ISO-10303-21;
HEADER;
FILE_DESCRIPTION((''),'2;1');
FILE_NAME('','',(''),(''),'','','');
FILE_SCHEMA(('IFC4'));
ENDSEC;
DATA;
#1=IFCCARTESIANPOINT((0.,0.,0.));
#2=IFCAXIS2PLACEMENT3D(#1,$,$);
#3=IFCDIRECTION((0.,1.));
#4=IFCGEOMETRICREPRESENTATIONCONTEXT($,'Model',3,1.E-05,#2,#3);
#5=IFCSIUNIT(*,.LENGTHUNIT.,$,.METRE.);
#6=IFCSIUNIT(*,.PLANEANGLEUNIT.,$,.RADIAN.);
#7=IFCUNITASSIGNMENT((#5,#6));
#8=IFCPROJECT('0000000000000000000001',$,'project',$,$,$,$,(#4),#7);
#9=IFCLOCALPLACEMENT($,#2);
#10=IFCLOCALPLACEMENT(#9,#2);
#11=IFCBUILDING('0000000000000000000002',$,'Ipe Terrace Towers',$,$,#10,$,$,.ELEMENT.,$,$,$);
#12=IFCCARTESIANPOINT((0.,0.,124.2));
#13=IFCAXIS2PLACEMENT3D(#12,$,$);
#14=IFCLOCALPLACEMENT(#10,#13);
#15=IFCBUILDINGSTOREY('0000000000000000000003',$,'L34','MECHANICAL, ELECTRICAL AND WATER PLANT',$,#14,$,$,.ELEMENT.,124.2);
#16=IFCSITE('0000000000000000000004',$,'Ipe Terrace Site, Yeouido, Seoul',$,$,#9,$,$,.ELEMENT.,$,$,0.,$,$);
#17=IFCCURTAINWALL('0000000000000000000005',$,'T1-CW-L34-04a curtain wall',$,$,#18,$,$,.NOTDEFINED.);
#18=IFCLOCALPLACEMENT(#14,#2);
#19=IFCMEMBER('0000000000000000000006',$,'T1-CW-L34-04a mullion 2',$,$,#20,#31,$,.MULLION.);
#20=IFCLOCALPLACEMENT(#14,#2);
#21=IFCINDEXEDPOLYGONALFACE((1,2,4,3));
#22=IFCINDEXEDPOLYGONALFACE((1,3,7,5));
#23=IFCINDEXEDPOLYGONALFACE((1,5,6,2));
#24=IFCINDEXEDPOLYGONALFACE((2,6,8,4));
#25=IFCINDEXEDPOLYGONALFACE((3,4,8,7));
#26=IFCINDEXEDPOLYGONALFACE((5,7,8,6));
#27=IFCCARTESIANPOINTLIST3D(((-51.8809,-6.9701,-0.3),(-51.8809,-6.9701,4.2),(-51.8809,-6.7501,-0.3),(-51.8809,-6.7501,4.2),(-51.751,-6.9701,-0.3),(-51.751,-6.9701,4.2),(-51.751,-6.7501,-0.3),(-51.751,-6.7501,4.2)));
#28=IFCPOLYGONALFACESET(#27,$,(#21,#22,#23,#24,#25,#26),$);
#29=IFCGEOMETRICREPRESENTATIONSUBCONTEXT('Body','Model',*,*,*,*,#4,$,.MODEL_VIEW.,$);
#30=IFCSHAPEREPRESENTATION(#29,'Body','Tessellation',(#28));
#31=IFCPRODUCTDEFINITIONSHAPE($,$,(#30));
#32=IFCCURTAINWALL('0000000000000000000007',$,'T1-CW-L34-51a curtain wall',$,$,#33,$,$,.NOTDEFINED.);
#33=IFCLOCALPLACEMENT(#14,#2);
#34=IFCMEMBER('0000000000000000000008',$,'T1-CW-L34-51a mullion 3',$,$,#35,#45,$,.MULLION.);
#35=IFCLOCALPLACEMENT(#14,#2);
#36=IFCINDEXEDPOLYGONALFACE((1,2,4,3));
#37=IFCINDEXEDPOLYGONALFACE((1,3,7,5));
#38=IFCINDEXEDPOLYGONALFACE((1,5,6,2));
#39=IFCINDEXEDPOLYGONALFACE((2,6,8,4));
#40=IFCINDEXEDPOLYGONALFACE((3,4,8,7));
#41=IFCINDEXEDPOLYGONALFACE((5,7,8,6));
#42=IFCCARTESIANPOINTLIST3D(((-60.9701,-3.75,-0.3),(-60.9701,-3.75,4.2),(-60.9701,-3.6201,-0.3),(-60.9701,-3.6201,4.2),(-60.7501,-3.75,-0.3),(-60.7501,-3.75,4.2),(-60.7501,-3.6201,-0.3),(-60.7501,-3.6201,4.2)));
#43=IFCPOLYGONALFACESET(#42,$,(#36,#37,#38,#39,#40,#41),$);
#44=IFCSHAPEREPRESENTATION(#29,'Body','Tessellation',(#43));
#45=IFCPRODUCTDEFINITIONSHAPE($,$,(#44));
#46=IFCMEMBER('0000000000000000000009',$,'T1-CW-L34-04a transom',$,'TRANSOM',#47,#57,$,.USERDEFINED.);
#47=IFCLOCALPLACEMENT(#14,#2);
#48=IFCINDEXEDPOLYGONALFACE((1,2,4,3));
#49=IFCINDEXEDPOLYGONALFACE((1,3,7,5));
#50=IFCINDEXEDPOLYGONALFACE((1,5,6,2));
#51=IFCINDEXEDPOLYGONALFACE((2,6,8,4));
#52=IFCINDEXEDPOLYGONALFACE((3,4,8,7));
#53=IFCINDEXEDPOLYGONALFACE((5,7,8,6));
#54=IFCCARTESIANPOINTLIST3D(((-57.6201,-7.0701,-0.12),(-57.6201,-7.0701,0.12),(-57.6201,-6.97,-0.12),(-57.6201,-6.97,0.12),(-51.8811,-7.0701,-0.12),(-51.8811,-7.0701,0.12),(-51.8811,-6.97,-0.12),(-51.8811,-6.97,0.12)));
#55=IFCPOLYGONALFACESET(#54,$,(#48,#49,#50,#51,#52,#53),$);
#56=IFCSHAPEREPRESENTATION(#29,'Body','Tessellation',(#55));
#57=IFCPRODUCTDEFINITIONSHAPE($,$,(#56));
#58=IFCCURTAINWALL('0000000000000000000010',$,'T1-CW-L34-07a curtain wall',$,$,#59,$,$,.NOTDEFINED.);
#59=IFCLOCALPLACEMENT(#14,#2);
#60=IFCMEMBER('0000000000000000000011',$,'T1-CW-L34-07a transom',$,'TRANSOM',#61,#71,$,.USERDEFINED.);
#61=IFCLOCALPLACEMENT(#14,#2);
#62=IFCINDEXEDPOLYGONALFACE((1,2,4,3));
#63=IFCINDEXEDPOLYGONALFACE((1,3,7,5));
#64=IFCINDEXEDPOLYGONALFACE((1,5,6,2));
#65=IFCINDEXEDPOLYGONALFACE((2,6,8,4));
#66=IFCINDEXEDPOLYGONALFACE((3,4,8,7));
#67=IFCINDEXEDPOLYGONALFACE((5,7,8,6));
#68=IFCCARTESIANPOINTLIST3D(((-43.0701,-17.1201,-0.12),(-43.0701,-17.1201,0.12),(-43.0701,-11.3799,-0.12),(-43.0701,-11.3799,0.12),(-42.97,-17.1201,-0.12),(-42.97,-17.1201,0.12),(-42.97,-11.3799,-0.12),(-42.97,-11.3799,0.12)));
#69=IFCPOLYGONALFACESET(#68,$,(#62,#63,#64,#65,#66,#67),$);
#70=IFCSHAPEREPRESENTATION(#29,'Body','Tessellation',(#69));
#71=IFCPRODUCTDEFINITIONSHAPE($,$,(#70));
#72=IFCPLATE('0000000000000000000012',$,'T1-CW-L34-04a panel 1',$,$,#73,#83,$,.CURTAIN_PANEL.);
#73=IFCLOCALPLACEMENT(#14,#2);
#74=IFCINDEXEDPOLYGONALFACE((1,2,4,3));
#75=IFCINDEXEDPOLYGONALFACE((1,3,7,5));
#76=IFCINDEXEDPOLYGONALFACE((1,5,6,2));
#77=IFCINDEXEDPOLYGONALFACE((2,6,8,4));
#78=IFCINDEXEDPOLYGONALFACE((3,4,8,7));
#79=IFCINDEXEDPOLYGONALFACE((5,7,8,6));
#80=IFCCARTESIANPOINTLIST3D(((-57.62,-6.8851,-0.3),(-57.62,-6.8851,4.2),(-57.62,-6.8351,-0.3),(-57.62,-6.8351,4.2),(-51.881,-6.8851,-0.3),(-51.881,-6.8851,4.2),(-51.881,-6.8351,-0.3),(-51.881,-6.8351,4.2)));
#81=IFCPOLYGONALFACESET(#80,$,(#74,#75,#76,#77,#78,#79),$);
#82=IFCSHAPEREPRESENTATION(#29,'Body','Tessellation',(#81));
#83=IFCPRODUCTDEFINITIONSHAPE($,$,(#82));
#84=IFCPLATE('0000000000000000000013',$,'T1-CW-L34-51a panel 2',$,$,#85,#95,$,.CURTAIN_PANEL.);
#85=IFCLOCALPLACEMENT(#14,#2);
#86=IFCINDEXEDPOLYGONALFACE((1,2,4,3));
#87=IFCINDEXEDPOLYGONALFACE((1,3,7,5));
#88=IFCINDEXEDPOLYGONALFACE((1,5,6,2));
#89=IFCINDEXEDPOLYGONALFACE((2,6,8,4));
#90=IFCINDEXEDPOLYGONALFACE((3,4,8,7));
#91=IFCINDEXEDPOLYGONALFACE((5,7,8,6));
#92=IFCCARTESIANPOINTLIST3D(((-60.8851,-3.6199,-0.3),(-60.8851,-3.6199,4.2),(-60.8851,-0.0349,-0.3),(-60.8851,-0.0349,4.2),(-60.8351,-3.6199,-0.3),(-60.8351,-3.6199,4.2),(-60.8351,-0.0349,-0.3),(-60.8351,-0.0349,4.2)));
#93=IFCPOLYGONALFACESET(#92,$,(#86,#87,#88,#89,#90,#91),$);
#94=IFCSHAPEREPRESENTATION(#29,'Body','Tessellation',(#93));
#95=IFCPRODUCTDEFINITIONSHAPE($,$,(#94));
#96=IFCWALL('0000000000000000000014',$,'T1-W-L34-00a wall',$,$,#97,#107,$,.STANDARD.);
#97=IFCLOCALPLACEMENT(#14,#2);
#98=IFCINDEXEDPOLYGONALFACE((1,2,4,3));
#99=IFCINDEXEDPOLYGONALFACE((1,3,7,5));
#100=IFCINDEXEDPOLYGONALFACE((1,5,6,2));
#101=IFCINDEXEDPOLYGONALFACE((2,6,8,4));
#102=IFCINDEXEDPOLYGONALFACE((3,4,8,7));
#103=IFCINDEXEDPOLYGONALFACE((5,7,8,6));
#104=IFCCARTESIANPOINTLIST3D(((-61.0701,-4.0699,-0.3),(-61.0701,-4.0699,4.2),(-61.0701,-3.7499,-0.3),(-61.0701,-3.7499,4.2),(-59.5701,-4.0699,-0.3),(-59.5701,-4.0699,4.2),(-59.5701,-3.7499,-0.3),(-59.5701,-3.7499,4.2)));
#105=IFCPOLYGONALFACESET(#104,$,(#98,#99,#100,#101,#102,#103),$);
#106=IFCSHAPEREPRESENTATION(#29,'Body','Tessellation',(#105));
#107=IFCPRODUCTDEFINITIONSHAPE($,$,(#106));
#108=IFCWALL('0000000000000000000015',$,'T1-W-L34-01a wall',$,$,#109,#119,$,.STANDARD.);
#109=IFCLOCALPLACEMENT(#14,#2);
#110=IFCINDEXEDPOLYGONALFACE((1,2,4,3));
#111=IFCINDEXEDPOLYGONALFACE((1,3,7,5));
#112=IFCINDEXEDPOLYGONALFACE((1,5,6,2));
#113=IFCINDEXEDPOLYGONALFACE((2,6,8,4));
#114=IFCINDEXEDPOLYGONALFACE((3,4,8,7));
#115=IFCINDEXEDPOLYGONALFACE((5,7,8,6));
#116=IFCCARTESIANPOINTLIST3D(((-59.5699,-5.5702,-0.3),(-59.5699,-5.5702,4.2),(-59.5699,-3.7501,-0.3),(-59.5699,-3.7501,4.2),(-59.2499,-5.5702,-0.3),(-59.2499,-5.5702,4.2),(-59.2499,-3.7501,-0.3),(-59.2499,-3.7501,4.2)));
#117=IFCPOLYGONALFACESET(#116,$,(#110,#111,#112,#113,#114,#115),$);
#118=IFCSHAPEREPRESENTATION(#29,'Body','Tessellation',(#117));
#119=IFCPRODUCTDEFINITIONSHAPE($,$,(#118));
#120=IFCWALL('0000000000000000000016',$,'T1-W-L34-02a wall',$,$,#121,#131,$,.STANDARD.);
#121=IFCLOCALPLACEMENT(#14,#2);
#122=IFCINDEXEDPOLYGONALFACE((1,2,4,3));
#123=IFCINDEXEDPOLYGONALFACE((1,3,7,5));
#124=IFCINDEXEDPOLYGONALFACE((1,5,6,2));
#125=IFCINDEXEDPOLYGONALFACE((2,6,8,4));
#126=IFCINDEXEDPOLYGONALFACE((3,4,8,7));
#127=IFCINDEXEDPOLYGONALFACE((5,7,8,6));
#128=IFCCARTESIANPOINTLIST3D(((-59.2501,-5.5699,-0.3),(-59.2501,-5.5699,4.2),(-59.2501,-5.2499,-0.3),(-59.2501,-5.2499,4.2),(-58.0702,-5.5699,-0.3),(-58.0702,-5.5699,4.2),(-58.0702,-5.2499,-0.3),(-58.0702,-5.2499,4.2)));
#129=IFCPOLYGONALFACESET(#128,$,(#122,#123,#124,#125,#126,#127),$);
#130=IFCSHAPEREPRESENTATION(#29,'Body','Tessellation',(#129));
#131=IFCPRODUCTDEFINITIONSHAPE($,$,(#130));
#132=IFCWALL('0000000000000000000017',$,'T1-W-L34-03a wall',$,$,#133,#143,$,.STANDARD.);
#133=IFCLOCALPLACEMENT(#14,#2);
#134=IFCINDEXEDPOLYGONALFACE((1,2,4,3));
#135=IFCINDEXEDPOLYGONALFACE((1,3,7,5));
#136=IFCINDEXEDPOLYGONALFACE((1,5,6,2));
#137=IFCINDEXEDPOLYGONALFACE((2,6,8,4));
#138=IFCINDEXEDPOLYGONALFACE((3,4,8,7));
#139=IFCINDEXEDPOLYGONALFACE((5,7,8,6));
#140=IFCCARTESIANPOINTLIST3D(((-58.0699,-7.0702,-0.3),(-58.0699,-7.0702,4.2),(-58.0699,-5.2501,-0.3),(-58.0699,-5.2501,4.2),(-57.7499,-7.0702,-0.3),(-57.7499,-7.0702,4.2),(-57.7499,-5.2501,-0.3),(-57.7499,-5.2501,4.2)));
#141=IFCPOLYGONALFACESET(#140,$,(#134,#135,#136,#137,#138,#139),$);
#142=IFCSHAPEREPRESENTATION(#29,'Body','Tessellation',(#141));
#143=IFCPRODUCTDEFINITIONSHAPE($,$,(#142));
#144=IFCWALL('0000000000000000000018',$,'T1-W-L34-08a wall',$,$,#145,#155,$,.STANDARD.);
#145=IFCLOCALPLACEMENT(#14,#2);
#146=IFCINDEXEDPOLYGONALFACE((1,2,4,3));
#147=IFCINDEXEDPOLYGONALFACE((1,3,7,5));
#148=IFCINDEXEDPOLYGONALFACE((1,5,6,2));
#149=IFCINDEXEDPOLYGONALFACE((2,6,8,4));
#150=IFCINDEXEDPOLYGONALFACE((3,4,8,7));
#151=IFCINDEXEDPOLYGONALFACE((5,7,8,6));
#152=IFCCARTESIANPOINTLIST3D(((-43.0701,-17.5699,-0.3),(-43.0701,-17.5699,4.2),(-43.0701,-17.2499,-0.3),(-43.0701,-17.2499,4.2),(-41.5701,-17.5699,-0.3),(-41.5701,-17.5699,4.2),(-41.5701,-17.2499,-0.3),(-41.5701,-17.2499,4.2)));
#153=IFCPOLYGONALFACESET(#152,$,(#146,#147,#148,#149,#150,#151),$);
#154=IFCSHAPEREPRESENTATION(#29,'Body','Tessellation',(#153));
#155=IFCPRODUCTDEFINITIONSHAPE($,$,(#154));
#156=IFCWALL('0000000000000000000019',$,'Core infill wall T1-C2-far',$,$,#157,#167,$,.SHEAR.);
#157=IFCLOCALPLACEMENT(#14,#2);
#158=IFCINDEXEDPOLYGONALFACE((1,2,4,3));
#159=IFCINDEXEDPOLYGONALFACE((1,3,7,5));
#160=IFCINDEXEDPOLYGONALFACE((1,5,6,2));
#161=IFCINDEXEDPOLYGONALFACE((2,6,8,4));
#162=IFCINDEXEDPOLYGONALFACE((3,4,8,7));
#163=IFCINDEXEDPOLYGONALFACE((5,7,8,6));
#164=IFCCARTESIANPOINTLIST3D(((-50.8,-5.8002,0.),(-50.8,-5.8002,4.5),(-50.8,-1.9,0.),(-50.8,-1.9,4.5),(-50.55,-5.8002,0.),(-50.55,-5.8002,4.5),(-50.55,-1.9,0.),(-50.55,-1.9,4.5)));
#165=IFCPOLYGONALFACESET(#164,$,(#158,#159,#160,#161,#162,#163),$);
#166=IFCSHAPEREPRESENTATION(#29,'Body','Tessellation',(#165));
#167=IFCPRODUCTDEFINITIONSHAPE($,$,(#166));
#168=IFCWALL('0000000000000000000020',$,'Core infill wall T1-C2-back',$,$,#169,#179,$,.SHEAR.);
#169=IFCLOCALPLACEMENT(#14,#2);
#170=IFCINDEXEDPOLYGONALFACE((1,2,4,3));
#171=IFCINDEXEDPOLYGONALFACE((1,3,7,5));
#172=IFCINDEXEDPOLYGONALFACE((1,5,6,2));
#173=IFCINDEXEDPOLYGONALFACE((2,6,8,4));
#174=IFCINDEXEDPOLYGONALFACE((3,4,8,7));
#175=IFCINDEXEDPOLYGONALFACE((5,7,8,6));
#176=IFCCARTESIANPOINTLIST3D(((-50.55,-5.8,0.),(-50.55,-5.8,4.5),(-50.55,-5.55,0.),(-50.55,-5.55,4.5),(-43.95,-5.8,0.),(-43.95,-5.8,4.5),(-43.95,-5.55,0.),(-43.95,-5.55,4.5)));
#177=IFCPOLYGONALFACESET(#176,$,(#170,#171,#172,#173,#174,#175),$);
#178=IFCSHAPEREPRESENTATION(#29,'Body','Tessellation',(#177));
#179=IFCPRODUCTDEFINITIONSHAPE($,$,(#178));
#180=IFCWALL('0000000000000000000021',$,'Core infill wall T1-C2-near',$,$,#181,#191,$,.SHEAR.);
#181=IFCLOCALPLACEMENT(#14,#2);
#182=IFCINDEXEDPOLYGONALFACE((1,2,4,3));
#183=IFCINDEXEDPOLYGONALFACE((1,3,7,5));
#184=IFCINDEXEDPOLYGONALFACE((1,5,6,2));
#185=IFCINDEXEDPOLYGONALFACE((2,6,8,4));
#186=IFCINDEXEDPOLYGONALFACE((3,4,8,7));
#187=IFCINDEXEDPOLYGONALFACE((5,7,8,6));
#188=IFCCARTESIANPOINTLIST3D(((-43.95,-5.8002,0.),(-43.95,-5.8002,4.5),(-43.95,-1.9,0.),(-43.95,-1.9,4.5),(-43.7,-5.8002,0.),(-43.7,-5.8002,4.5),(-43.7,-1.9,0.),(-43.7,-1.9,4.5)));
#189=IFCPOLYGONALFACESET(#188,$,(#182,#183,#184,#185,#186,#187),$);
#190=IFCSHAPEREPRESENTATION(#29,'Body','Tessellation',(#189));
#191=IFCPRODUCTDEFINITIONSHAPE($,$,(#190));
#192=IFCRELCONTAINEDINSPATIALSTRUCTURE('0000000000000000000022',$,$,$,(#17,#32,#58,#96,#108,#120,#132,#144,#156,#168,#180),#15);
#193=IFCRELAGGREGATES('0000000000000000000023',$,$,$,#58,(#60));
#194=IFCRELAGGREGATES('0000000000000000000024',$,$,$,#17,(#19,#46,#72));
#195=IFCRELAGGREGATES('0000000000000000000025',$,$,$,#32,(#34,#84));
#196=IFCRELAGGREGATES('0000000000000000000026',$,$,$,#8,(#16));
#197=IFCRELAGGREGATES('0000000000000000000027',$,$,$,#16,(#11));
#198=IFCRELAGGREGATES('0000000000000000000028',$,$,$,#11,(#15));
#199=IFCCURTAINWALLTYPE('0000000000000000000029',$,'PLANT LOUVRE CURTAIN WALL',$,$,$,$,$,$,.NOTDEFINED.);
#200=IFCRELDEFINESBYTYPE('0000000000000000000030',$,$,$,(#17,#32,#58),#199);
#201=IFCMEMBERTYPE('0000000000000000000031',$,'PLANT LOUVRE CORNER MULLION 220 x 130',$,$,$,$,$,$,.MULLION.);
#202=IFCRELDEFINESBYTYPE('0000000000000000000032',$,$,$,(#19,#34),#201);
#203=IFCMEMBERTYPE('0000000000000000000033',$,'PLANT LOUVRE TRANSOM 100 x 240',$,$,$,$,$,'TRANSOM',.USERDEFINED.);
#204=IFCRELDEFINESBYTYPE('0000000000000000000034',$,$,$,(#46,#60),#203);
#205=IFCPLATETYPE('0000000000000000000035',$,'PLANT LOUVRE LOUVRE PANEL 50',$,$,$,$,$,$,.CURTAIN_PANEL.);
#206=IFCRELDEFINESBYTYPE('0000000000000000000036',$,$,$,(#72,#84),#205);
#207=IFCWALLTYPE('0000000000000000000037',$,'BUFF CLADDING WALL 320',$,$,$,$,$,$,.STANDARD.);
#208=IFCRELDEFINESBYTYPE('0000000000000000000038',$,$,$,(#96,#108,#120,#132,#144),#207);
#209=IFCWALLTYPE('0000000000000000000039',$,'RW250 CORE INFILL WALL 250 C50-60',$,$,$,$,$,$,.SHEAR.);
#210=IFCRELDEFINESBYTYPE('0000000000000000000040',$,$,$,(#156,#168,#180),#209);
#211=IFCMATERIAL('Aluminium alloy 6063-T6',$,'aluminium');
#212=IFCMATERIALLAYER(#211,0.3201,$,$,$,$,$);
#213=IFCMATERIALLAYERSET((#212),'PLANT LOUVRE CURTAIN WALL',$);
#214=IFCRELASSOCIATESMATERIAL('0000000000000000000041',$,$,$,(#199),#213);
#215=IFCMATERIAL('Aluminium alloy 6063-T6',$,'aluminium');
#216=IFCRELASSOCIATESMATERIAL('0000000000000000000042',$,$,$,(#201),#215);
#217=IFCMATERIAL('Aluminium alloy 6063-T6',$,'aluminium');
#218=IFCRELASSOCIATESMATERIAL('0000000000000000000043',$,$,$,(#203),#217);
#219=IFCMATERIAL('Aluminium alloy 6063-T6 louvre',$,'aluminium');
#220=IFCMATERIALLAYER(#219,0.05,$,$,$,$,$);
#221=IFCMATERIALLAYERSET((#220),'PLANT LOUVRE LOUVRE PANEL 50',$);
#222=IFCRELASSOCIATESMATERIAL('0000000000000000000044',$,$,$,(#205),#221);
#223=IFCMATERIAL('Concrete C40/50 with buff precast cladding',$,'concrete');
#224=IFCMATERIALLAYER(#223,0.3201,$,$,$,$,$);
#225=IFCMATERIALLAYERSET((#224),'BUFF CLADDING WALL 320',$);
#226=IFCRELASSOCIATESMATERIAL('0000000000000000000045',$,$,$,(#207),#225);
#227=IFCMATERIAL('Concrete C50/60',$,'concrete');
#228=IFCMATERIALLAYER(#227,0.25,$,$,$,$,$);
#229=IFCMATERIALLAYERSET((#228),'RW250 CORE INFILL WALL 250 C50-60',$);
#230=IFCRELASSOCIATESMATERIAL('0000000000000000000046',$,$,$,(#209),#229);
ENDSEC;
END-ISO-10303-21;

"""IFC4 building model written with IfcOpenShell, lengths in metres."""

from ifc_helpers import new_model, si_unit, direction, frame, frame_2d, origin, origin_2d, place, context, subcontext, project, spatial, rectangle, extrude, material, layer, layer_set, material_profile, profile_set, type_object, element, aggregate, save


model = new_model("IFC4")

# Units and contexts
model_context = context("Model", 3, precision=1e-05, world=origin(), true_north=direction((0.0, 1.0)))
body_context = subcontext(model_context, "Body", "Model", "MODEL_VIEW")
ifc_project = project(units=[si_unit("LENGTHUNIT", "METRE"), si_unit("PLANEANGLEUNIT", "RADIAN")], contexts=[model_context])

# Site, building, storey
site_placement = place(None, origin())
site = spatial("IfcSite", under=ifc_project, at=site_placement, Name="Ipe Terrace Site, Yeouido, Seoul", CompositionType="ELEMENT", RefElevation=0.0)
building_placement = place(site_placement, origin())
building = spatial("IfcBuilding", under=site, at=building_placement, Name="Ipe Terrace Towers", CompositionType="ELEMENT")
storey_placement = place(building_placement, frame((0.0, 0.0, 124.2)))
storey = spatial("IfcBuildingStorey", under=building, at=storey_placement, Name="L34", Description="MECHANICAL, ELECTRICAL AND WATER PLANT", CompositionType="ELEMENT", Elevation=124.2)

# Curtain wall, member
ifc_material_1 = material(Name="Aluminium alloy 6063-T6", Category="aluminium")
ifc_layer_1 = layer(ifc_material_1, 0.3201)
ifc_layer_set_1 = layer_set([ifc_layer_1], Name="PLANT LOUVRE CURTAIN WALL")
curtain_wall_type = type_object("IfcCurtainWallType", Name="PLANT LOUVRE CURTAIN WALL", PredefinedType="NOTDEFINED", material=ifc_layer_set_1)
curtain_wall_1_placement = place(storey_placement, origin())
curtain_wall_1 = element("IfcCurtainWall", 1, at=curtain_wall_1_placement, inside=storey, type_object=curtain_wall_type, Name="T1-CW-L34-04a curtain wall", PredefinedType="NOTDEFINED")
ifc_material_2 = material(Name="Aluminium alloy 6063-T6", Category="aluminium")
ifc_material_profile_1 = material_profile(ifc_material_2, rectangle(XDim=0.22, YDim=0.1299, at=origin_2d()), Name="PLANT LOUVRE CORNER MULLION 220 x 130")
ifc_profile_set_1 = profile_set([ifc_material_profile_1], Name="Aluminium alloy 6063-T6")
member_type_1 = type_object("IfcMemberType", Name="PLANT LOUVRE CORNER MULLION 220 x 130", PredefinedType="MULLION", material=ifc_profile_set_1)
member_1_placement = place(storey_placement, frame((-51.8159, -6.8601, -0.3), z_axis=(0.0, 0.0, 1.0), x_axis=(0.0, -1.0, 0.0)))
member_1 = element("IfcMember", 2, at=member_1_placement, type_object=member_type_1, Name="T1-CW-L34-04a mullion 2", PredefinedType="MULLION", context=body_context, shape_type="SweptSolid", body=[
    extrude(rectangle(XDim=0.22, YDim=0.1299, at=origin_2d()), origin(), (0.0, 0.0, 1.0), 4.5),
])

# Curtain wall, member
curtain_wall_2_placement = place(storey_placement, origin())
curtain_wall_2 = element("IfcCurtainWall", 3, at=curtain_wall_2_placement, inside=storey, type_object=curtain_wall_type, Name="T1-CW-L34-51a curtain wall", PredefinedType="NOTDEFINED")
member_2_placement = place(storey_placement, frame((-60.8601, -3.6851, -0.3), z_axis=(0.0, 0.0, 1.0), x_axis=(-1.0, 0.0, 0.0)))
member_2 = element("IfcMember", 4, at=member_2_placement, type_object=member_type_1, Name="T1-CW-L34-51a mullion 3", PredefinedType="MULLION", context=body_context, shape_type="SweptSolid", body=[
    extrude(rectangle(XDim=0.22, YDim=0.1299, at=origin_2d()), origin(), (0.0, 0.0, 1.0), 4.5),
])

# Member
ifc_material_3 = material(Name="Aluminium alloy 6063-T6", Category="aluminium")
ifc_material_profile_2 = material_profile(ifc_material_3, rectangle(XDim=0.1001, YDim=0.24, at=origin_2d()), Name="PLANT LOUVRE TRANSOM 100 x 240")
ifc_profile_set_2 = profile_set([ifc_material_profile_2], Name="Aluminium alloy 6063-T6")
member_type_2 = type_object("IfcMemberType", Name="PLANT LOUVRE TRANSOM 100 x 240", ElementType="TRANSOM", PredefinedType="USERDEFINED", material=ifc_profile_set_2)
member_3_placement = place(storey_placement, frame((-57.6201, -7.02, 0.0), z_axis=(1.0, 0.0, 0.0), x_axis=(0.0, -1.0, 0.0)))
member_3 = element("IfcMember", 5, at=member_3_placement, type_object=member_type_2, Name="T1-CW-L34-04a transom", ObjectType="TRANSOM", PredefinedType="USERDEFINED", context=body_context, shape_type="SweptSolid", body=[
    extrude(rectangle(XDim=0.1001, YDim=0.24, at=origin_2d()), origin(), (0.0, 0.0, 1.0), 5.739),
])

# Curtain wall, member
curtain_wall_3_placement = place(storey_placement, origin())
curtain_wall_3 = element("IfcCurtainWall", 6, at=curtain_wall_3_placement, inside=storey, type_object=curtain_wall_type, Name="T1-CW-L34-07a curtain wall", PredefinedType="NOTDEFINED")
member_4_placement = place(storey_placement, frame((-43.02, -11.3799, 0.0), z_axis=(0.0, -1.0, 0.0), x_axis=(-1.0, 0.0, 0.0)))
member_4 = element("IfcMember", 7, at=member_4_placement, type_object=member_type_2, Name="T1-CW-L34-07a transom", ObjectType="TRANSOM", PredefinedType="USERDEFINED", context=body_context, shape_type="SweptSolid", body=[
    extrude(rectangle(XDim=0.1001, YDim=0.24, at=origin_2d()), origin(), (0.0, 0.0, 1.0), 5.7402),
])
aggregate(curtain_wall_3, [member_4])

# Plates
ifc_material_4 = material(Name="Aluminium alloy 6063-T6 louvre", Category="aluminium")
ifc_layer_2 = layer(ifc_material_4, 0.05)
ifc_layer_set_2 = layer_set([ifc_layer_2], Name="PLANT LOUVRE LOUVRE PANEL 50")
plate_type = type_object("IfcPlateType", Name="PLANT LOUVRE LOUVRE PANEL 50", PredefinedType="CURTAIN_PANEL", material=ifc_layer_set_2)
plate_1_placement = place(storey_placement, frame((-54.7505, -6.8601, -0.3), z_axis=(0.0, 0.0, 1.0), x_axis=(1.0, 0.0, 0.0)))
plate_1 = element("IfcPlate", 8, at=plate_1_placement, type_object=plate_type, Name="T1-CW-L34-04a panel 1", PredefinedType="CURTAIN_PANEL", context=body_context, shape_type="SweptSolid", body=[
    extrude(rectangle(XDim=5.739, YDim=0.05, at=origin_2d()), origin(), (0.0, 0.0, 1.0), 4.5),
])
aggregate(curtain_wall_1, [member_1, member_3, plate_1])
plate_2_placement = place(storey_placement, frame((-60.8601, -1.8274, -0.3), z_axis=(0.0, 0.0, 1.0), x_axis=(0.0, -1.0, 0.0)))
plate_2 = element("IfcPlate", 9, at=plate_2_placement, type_object=plate_type, Name="T1-CW-L34-51a panel 2", PredefinedType="CURTAIN_PANEL", context=body_context, shape_type="SweptSolid", body=[
    extrude(rectangle(XDim=3.585, YDim=0.05, at=origin_2d()), origin(), (0.0, 0.0, 1.0), 4.5),
])
aggregate(curtain_wall_2, [member_2, plate_2])

# Walls
ifc_material_5 = material(Name="Concrete C40/50 with buff precast cladding", Category="concrete")
ifc_layer_3 = layer(ifc_material_5, 0.3201)
ifc_layer_set_3 = layer_set([ifc_layer_3], Name="BUFF CLADDING WALL 320")
wall_type_1 = type_object("IfcWallType", Name="BUFF CLADDING WALL 320", PredefinedType="STANDARD", material=ifc_layer_set_3)
wall_1_placement = place(storey_placement, frame((-61.0701, -3.9099, -0.3), z_axis=(0.0, 0.0, 1.0), x_axis=(1.0, 0.0, 0.0)))
element("IfcWall", 10, at=wall_1_placement, inside=storey, type_object=wall_type_1, Name="T1-W-L34-00a wall", PredefinedType="STANDARD", context=body_context, shape_type="SweptSolid", body=[
    extrude(rectangle(XDim=1.5, YDim=0.3201, at=frame_2d((0.75, 0.0))), origin(), (0.0, 0.0, 1.0), 4.5),
])
wall_2_placement = place(storey_placement, frame((-59.4099, -3.75, -0.3), z_axis=(0.0, 0.0, 1.0), x_axis=(0.0, -1.0, 0.0)))
element("IfcWall", 11, at=wall_2_placement, inside=storey, type_object=wall_type_1, Name="T1-W-L34-01a wall", PredefinedType="STANDARD", context=body_context, shape_type="SweptSolid", body=[
    extrude(rectangle(XDim=1.8201, YDim=0.3201, at=frame_2d((0.9102, 0.0))), origin(), (0.0, 0.0, 1.0), 4.5),
])
wall_3_placement = place(storey_placement, frame((-59.25, -5.4099, -0.3), z_axis=(0.0, 0.0, 1.0), x_axis=(1.0, 0.0, 0.0)))
element("IfcWall", 12, at=wall_3_placement, inside=storey, type_object=wall_type_1, Name="T1-W-L34-02a wall", PredefinedType="STANDARD", context=body_context, shape_type="SweptSolid", body=[
    extrude(rectangle(XDim=1.1799, YDim=0.3201, at=frame_2d((0.5898, 0.0))), origin(), (0.0, 0.0, 1.0), 4.5),
])
wall_4_placement = place(storey_placement, frame((-57.9099, -5.25, -0.3), z_axis=(0.0, 0.0, 1.0), x_axis=(0.0, -1.0, 0.0)))
element("IfcWall", 13, at=wall_4_placement, inside=storey, type_object=wall_type_1, Name="T1-W-L34-03a wall", PredefinedType="STANDARD", context=body_context, shape_type="SweptSolid", body=[
    extrude(rectangle(XDim=1.8201, YDim=0.3201, at=frame_2d((0.9102, 0.0))), origin(), (0.0, 0.0, 1.0), 4.5),
])
wall_5_placement = place(storey_placement, frame((-43.0701, -17.4099, -0.3), z_axis=(0.0, 0.0, 1.0), x_axis=(1.0, 0.0, 0.0)))
element("IfcWall", 14, at=wall_5_placement, inside=storey, type_object=wall_type_1, Name="T1-W-L34-08a wall", PredefinedType="STANDARD", context=body_context, shape_type="SweptSolid", body=[
    extrude(rectangle(XDim=1.5, YDim=0.3201, at=frame_2d((0.75, 0.0))), origin(), (0.0, 0.0, 1.0), 4.5),
])
ifc_material_6 = material(Name="Concrete C50/60", Category="concrete")
ifc_layer_4 = layer(ifc_material_6, 0.25)
ifc_layer_set_4 = layer_set([ifc_layer_4], Name="RW250 CORE INFILL WALL 250 C50-60")
wall_type_2 = type_object("IfcWallType", Name="RW250 CORE INFILL WALL 250 C50-60", PredefinedType="SHEAR", material=ifc_layer_set_4)
wall_6_placement = place(storey_placement, frame((-50.675, -1.8999, 0.0), z_axis=(0.0, 0.0, 1.0), x_axis=(0.0, -1.0, 0.0)))
element("IfcWall", 15, at=wall_6_placement, inside=storey, type_object=wall_type_2, Name="Core infill wall T1-C2-far", PredefinedType="SHEAR", context=body_context, shape_type="SweptSolid", body=[
    extrude(rectangle(XDim=3.9001, YDim=0.25, at=frame_2d((1.9502, 0.0))), origin(), (0.0, 0.0, 1.0), 4.5),
])
wall_7_placement = place(storey_placement, frame((-43.95, -5.675, 0.0), z_axis=(0.0, 0.0, 1.0), x_axis=(-1.0, 0.0, 0.0)))
element("IfcWall", 16, at=wall_7_placement, inside=storey, type_object=wall_type_2, Name="Core infill wall T1-C2-back", PredefinedType="SHEAR", context=body_context, shape_type="SweptSolid", body=[
    extrude(rectangle(XDim=6.6001, YDim=0.25, at=frame_2d((3.3, 0.0))), origin(), (0.0, 0.0, 1.0), 4.5),
])
wall_8_placement = place(storey_placement, frame((-43.825, -1.8999, 0.0), z_axis=(0.0, 0.0, 1.0), x_axis=(0.0, -1.0, 0.0)))
element("IfcWall", 17, at=wall_8_placement, inside=storey, type_object=wall_type_2, Name="Core infill wall T1-C2-near", PredefinedType="SHEAR", context=body_context, shape_type="SweptSolid", body=[
    extrude(rectangle(XDim=3.9001, YDim=0.25, at=frame_2d((1.9502, 0.0))), origin(), (0.0, 0.0, 1.0), 4.5),
])

save(model, "model.ifc")
